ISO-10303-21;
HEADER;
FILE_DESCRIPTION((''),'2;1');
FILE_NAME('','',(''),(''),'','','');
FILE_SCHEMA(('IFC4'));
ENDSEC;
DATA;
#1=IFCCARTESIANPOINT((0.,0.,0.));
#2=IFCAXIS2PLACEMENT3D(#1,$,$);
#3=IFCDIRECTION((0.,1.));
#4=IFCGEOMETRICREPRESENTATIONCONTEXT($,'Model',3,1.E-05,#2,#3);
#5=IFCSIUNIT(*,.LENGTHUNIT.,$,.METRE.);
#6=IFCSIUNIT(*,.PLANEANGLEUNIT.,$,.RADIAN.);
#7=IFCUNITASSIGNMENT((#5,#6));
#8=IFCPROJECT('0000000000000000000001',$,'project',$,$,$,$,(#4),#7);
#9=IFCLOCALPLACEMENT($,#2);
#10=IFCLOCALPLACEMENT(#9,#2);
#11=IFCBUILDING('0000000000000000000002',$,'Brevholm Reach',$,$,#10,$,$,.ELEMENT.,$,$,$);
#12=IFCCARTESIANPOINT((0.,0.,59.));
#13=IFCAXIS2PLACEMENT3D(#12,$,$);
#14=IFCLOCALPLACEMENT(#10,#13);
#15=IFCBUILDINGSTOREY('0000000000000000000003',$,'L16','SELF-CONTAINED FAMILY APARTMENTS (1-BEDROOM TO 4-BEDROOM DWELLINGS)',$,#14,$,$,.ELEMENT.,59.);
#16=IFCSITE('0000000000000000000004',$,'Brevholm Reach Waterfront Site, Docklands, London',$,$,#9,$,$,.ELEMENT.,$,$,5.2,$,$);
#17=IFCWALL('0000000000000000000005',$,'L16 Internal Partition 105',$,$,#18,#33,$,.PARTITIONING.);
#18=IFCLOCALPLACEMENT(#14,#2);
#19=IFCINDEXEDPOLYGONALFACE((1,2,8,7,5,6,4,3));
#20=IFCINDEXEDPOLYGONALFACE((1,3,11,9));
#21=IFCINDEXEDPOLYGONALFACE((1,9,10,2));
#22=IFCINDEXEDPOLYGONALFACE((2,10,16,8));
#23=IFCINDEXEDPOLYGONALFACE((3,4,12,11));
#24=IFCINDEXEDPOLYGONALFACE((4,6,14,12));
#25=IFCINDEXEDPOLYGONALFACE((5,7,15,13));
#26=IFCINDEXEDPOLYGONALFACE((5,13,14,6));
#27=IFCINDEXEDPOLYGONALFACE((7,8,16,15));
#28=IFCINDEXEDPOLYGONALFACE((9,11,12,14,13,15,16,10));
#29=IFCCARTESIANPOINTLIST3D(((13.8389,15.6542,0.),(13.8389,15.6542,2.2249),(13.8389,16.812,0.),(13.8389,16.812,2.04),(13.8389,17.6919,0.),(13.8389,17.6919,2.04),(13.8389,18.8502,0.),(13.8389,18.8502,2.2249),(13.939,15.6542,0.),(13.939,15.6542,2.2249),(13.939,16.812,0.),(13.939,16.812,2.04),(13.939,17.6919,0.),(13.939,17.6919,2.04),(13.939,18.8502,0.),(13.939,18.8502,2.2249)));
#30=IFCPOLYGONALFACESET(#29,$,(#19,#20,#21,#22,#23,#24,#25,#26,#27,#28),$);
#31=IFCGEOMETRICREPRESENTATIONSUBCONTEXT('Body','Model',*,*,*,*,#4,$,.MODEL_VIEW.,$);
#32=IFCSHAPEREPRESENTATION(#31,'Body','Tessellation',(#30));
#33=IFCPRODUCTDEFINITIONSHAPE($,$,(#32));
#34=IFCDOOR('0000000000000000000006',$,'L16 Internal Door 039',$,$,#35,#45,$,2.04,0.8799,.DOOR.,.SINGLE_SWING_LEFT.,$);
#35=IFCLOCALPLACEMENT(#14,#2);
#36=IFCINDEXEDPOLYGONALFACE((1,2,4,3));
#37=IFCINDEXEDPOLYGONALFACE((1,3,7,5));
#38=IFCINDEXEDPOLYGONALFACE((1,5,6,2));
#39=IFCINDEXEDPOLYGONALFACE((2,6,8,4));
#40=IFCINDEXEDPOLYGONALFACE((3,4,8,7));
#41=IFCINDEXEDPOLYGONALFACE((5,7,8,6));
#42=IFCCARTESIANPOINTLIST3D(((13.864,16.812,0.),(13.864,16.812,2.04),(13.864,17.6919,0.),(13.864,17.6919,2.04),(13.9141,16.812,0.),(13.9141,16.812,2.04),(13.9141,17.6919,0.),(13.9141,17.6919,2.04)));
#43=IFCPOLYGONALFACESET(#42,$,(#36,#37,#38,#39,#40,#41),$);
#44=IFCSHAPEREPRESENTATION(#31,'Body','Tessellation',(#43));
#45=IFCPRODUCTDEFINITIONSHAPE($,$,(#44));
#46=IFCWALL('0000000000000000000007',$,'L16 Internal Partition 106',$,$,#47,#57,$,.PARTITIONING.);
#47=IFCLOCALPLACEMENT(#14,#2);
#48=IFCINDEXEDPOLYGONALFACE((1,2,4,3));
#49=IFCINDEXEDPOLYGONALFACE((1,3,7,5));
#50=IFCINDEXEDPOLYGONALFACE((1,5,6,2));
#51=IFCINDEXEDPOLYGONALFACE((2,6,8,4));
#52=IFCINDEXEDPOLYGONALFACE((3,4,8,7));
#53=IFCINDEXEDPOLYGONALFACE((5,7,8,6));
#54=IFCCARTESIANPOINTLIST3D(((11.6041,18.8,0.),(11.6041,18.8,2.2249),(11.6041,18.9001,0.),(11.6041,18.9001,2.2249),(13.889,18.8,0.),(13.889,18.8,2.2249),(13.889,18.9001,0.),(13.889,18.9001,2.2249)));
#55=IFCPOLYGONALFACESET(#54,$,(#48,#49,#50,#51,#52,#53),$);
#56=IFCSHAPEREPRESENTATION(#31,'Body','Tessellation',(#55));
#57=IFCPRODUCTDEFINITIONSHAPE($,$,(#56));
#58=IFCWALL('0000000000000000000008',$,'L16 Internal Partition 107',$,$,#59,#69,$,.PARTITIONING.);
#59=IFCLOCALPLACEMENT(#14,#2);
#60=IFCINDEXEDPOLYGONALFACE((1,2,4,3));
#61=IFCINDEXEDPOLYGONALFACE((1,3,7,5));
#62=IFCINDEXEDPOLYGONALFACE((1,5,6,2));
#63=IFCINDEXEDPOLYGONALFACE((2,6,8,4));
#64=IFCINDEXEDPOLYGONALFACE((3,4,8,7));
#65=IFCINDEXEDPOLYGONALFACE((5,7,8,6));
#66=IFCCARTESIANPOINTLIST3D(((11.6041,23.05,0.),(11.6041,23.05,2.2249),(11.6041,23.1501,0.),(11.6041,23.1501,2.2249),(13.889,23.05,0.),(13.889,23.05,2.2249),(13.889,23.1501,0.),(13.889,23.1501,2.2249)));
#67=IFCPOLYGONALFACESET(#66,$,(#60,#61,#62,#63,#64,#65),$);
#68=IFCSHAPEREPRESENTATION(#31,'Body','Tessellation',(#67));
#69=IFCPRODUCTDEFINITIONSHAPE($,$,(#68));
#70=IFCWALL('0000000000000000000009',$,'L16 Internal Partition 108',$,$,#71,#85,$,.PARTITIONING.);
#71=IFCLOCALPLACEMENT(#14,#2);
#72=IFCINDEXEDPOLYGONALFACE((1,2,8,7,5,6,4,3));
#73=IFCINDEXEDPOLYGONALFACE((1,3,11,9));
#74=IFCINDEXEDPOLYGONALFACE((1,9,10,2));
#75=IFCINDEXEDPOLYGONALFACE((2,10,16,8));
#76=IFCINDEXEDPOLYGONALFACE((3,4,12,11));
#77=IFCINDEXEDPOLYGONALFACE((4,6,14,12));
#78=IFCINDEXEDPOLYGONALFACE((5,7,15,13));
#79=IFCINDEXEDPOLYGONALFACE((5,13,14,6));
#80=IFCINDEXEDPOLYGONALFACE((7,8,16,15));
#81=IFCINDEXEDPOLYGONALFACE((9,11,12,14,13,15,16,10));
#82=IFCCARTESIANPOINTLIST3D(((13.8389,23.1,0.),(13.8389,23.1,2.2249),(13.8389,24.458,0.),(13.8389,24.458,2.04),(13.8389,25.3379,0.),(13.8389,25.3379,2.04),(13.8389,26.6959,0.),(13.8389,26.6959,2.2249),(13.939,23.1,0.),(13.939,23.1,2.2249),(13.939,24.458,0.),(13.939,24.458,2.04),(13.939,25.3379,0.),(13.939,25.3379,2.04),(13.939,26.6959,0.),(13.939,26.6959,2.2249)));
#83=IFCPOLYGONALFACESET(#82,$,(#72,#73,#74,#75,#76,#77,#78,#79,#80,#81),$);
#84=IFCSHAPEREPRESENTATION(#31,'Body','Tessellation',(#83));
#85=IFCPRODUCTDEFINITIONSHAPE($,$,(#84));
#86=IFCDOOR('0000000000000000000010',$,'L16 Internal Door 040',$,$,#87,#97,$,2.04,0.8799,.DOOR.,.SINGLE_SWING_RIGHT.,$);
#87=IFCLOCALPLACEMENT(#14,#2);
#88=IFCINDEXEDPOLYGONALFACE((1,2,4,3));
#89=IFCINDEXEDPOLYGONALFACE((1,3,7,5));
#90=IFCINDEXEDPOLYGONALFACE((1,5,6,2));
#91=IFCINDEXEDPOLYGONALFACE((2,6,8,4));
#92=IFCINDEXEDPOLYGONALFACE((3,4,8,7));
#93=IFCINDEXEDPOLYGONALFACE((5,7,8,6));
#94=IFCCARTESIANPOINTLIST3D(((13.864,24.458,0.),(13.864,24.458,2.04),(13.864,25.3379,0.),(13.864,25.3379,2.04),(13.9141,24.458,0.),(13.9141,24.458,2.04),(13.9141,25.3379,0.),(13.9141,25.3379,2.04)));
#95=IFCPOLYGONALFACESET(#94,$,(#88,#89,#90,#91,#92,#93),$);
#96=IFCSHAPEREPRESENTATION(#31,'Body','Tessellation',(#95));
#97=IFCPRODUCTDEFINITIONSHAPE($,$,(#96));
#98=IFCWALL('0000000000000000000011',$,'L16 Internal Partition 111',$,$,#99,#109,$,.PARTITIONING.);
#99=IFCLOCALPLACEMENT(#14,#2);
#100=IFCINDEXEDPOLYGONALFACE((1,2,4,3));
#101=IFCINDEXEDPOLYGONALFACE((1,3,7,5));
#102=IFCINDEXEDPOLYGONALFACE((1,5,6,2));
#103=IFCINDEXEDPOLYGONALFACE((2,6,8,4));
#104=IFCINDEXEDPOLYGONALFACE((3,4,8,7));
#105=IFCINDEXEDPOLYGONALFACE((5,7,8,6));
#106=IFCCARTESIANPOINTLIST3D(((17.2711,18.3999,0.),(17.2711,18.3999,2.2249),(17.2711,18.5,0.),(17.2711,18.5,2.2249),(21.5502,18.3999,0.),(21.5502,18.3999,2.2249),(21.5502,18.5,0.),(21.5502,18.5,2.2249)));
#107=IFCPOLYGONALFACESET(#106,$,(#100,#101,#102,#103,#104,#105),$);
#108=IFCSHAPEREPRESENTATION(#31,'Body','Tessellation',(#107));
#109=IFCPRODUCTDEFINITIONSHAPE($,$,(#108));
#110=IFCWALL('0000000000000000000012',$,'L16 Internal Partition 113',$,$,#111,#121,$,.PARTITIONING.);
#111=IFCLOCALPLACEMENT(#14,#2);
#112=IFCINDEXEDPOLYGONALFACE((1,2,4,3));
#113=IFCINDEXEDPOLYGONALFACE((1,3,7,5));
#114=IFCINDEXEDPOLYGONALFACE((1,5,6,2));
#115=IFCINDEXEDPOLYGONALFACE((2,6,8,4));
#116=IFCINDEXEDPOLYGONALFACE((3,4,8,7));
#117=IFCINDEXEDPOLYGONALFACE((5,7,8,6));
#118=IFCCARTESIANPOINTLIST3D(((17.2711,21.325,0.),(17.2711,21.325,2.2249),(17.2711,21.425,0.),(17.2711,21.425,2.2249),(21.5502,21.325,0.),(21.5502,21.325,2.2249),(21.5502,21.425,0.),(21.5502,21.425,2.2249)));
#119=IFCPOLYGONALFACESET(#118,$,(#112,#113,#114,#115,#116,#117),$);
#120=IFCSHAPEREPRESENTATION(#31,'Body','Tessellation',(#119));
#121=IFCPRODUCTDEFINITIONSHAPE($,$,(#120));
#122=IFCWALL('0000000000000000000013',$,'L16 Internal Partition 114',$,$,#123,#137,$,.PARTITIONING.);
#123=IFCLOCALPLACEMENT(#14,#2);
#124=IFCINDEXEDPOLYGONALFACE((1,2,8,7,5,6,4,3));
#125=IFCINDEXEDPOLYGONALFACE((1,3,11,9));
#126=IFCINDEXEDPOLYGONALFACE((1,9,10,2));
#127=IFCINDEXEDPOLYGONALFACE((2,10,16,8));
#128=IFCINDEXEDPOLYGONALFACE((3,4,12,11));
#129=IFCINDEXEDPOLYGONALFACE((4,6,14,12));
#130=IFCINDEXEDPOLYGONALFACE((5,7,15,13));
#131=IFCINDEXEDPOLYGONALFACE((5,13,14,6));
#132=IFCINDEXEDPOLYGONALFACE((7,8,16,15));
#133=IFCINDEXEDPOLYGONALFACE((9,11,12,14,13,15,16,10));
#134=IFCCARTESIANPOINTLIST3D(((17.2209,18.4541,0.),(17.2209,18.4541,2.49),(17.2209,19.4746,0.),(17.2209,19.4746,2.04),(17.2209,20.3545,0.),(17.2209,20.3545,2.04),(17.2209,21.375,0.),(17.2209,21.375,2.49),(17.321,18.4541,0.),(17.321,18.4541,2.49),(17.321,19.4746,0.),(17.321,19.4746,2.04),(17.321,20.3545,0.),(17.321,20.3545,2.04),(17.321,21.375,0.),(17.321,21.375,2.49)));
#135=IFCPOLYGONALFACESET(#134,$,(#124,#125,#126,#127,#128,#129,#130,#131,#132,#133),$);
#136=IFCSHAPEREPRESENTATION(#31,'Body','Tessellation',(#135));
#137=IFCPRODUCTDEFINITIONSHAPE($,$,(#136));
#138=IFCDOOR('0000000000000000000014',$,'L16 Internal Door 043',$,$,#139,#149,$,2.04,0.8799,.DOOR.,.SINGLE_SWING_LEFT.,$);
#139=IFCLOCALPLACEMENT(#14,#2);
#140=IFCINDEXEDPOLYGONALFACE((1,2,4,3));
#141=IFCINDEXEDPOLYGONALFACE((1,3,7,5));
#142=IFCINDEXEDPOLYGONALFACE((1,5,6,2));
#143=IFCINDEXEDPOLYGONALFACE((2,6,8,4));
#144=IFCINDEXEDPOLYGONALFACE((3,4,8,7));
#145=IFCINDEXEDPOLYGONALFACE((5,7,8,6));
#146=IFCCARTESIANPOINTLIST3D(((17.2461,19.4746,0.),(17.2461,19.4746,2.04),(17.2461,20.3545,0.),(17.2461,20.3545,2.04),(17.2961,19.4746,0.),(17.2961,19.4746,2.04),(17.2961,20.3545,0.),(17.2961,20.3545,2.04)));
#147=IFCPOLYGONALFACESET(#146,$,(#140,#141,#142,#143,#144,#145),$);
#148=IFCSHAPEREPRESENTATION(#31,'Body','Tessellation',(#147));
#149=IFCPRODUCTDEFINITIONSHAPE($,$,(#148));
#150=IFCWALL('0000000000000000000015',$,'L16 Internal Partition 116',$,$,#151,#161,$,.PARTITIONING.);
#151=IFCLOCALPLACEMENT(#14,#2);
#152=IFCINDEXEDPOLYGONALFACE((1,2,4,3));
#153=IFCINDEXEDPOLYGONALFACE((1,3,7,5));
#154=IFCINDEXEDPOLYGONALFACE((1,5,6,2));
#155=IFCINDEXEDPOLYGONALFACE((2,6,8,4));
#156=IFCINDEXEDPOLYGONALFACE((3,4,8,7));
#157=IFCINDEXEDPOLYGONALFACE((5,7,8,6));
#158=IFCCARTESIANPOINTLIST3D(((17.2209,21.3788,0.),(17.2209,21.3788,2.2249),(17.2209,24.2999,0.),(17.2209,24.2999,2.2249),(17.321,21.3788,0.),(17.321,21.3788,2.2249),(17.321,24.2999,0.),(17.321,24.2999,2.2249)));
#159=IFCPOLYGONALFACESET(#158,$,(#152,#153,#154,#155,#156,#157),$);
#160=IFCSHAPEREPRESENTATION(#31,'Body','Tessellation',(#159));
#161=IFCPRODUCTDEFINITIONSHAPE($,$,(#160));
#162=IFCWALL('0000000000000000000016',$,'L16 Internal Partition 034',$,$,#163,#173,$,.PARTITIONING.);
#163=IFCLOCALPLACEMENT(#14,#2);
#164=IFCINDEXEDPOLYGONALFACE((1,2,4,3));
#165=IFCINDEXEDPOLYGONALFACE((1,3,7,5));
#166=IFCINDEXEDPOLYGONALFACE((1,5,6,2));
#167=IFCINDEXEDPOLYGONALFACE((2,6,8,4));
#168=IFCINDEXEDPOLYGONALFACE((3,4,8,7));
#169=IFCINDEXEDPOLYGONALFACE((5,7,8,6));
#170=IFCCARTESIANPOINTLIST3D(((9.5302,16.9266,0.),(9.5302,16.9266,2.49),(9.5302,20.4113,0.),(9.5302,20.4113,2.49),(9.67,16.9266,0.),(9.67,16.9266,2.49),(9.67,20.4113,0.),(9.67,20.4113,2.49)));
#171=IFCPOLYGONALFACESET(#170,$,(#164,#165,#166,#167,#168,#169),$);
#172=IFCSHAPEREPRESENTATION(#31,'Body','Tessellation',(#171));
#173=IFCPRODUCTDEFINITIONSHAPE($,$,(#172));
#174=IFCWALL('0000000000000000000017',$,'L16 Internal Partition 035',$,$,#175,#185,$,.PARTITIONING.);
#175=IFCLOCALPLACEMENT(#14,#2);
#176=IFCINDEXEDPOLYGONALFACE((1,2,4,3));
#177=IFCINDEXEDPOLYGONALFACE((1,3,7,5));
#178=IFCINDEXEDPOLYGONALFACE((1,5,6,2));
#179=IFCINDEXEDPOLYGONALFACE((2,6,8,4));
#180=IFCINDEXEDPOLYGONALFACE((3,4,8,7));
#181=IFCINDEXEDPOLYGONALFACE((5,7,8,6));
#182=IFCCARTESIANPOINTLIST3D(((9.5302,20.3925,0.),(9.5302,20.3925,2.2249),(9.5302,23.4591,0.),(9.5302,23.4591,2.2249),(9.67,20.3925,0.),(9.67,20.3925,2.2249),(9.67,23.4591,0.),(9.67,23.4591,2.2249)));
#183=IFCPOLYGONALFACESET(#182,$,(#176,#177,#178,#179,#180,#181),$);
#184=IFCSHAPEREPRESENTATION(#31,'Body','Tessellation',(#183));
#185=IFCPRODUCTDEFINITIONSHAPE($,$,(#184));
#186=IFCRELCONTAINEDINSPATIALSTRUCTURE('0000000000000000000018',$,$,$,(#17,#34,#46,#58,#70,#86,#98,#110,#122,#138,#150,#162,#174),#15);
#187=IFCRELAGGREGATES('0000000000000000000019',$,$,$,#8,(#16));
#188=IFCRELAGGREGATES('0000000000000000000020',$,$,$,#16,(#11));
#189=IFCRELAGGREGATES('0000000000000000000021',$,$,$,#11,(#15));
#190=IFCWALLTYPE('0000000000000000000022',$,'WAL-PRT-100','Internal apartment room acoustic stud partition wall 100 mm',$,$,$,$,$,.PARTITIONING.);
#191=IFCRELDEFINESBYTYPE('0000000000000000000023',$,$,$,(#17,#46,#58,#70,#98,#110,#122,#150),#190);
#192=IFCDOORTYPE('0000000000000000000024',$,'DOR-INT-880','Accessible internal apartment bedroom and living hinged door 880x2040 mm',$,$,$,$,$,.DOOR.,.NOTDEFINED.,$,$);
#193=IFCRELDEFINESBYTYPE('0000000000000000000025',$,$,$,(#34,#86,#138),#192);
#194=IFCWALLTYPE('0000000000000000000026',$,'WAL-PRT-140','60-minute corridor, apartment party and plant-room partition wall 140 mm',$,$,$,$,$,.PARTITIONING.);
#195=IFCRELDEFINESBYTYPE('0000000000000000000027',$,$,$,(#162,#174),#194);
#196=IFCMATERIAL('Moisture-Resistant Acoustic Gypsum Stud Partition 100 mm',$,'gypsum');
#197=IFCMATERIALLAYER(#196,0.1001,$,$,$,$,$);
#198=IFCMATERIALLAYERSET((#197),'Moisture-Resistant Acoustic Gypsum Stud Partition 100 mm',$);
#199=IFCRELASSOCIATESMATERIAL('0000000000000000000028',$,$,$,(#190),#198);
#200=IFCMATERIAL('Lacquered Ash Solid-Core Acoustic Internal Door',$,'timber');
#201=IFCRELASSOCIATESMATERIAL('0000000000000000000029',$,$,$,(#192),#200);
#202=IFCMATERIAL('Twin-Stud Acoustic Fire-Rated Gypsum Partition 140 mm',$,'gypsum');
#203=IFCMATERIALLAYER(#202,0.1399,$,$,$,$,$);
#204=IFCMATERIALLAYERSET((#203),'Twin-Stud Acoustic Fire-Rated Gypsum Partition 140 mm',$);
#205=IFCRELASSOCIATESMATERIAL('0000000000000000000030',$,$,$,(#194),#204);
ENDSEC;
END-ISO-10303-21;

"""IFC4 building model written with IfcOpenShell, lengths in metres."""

from ifc_helpers import new_model, si_unit, direction, frame, frame_2d, origin, place, context, subcontext, project, spatial, rectangle, extrude, material, layer, layer_set, type_object, element, fill, save


model = new_model("IFC4")

# Units and contexts
model_context = context("Model", 3, precision=1e-05, world=origin(), true_north=direction((0.0, 1.0)))
body_context = subcontext(model_context, "Body", "Model", "MODEL_VIEW")
ifc_project = project(units=[si_unit("LENGTHUNIT", "METRE"), si_unit("PLANEANGLEUNIT", "RADIAN")], contexts=[model_context])

# Site, building, storey
site_placement = place(None, origin())
site = spatial("IfcSite", under=ifc_project, at=site_placement, Name="Brevholm Reach Waterfront Site, Docklands, London", CompositionType="ELEMENT", RefElevation=5.2)
building_placement = place(site_placement, origin())
building = spatial("IfcBuilding", under=site, at=building_placement, Name="Brevholm Reach", CompositionType="ELEMENT")
storey_placement = place(building_placement, frame((0.0, 0.0, 59.0)))
storey = spatial("IfcBuildingStorey", under=building, at=storey_placement, Name="L16", Description="SELF-CONTAINED FAMILY APARTMENTS (1-BEDROOM TO 4-BEDROOM DWELLINGS)", CompositionType="ELEMENT", Elevation=59.0)

# Wall, opening, door
ifc_material_1 = material(Name="Moisture-Resistant Acoustic Gypsum Stud Partition 100 mm", Category="gypsum")
ifc_layer_1 = layer(ifc_material_1, 0.1001)
ifc_layer_set_1 = layer_set([ifc_layer_1], Name="Moisture-Resistant Acoustic Gypsum Stud Partition 100 mm")
wall_type_1 = type_object("IfcWallType", Name="WAL-PRT-100", Description="Internal apartment room acoustic stud partition wall 100 mm", PredefinedType="PARTITIONING", material=ifc_layer_set_1)
wall_1_placement = place(storey_placement, frame((13.8889, 15.6541, 0.0), z_axis=(0.0, 0.0, 1.0), x_axis=(0.0, 1.0, 0.0)))
wall_1 = element("IfcWall", 1, at=wall_1_placement, inside=storey, type_object=wall_type_1, Name="L16 Internal Partition 105", PredefinedType="PARTITIONING", context=body_context, shape_type="SweptSolid", body=[
    extrude(rectangle(XDim=3.196, YDim=0.1001, at=frame_2d((1.5981, 0.0))), origin(), (0.0, 0.0, 1.0), 2.2249),
])
opening_1_placement = place(wall_1_placement, frame((1.158, 0.0, 0.0)))
opening_1 = element("IfcOpeningElement", 2, at=opening_1_placement, cuts=wall_1, PredefinedType="OPENING", context=body_context, shape_type="SweptSolid", body=[
    extrude(rectangle(XDim=0.8799, YDim=2.04, at=frame_2d((0.4399, 1.02))), frame((0.0, 0.0601, 0.0), z_axis=(0.0, -1.0, 0.0), x_axis=(1.0, 0.0, 0.0)), (0.0, 0.0, 1.0), 0.1201),
])
ifc_material_2 = material(Name="Lacquered Ash Solid-Core Acoustic Internal Door", Category="timber")
door_type_1 = type_object("IfcDoorType", Name="DOR-INT-880", Description="Accessible internal apartment bedroom and living hinged door 880x2040 mm", OperationType="NOTDEFINED", PredefinedType="DOOR", material=ifc_material_2)
door_1_placement = place(opening_1_placement, origin())
door_1 = element("IfcDoor", 3, at=door_1_placement, inside=storey, type_object=door_type_1, Name="L16 Internal Door 039", OperationType="SINGLE_SWING_LEFT", OverallHeight=2.04, OverallWidth=0.8799, PredefinedType="DOOR", context=body_context, shape_type="SweptSolid", body=[
    extrude(rectangle(XDim=0.8799, YDim=2.04, at=frame_2d((0.4399, 1.02))), frame((0.0, 0.0249, 0.0), z_axis=(0.0, -1.0, 0.0), x_axis=(1.0, 0.0, 0.0)), (0.0, 0.0, 1.0), 0.05),
])
fill(opening_1, door_1)

# Walls
for number, where, z_axis, x_axis, name in (
    (4, (11.604, 18.8501, 0.0), (0.0, 0.0, 1.0), (1.0, 0.0, 0.0), "L16 Internal Partition 106"),
    (5, (11.604, 23.1001, 0.0), (0.0, 0.0, 1.0), (1.0, 0.0, 0.0), "L16 Internal Partition 107"),
):
    element("IfcWall", number, at=place(storey_placement, frame(where, z_axis=z_axis, x_axis=x_axis)), inside=storey, type_object=wall_type_1, Name=name, PredefinedType="PARTITIONING", context=body_context, shape_type="SweptSolid", body=[
        extrude(rectangle(XDim=2.2849, YDim=0.1001, at=frame_2d((1.1426, 0.0))), origin(), (0.0, 0.0, 1.0), 2.2249),
    ])

# Wall, opening, door
wall_2_placement = place(storey_placement, frame((13.8889, 23.1001, 0.0), z_axis=(0.0, 0.0, 1.0), x_axis=(0.0, 1.0, 0.0)))
wall_2 = element("IfcWall", 6, at=wall_2_placement, inside=storey, type_object=wall_type_1, Name="L16 Internal Partition 108", PredefinedType="PARTITIONING", context=body_context, shape_type="SweptSolid", body=[
    extrude(rectangle(XDim=3.5959, YDim=0.1001, at=frame_2d((1.7979, 0.0))), origin(), (0.0, 0.0, 1.0), 2.2249),
])
opening_2_placement = place(wall_2_placement, frame((1.3579, 0.0, 0.0)))
opening_2 = element("IfcOpeningElement", 7, at=opening_2_placement, cuts=wall_2, PredefinedType="OPENING", context=body_context, shape_type="SweptSolid", body=[
    extrude(rectangle(XDim=0.8799, YDim=2.04, at=frame_2d((0.4399, 1.02))), frame((0.0, 0.0601, 0.0), z_axis=(0.0, -1.0, 0.0), x_axis=(1.0, 0.0, 0.0)), (0.0, 0.0, 1.0), 0.1201),
])
door_2_placement = place(opening_2_placement, origin())
door_2 = element("IfcDoor", 8, at=door_2_placement, inside=storey, type_object=door_type_1, Name="L16 Internal Door 040", OperationType="SINGLE_SWING_RIGHT", OverallHeight=2.04, OverallWidth=0.8799, PredefinedType="DOOR", context=body_context, shape_type="SweptSolid", body=[
    extrude(rectangle(XDim=0.8799, YDim=2.04, at=frame_2d((0.4399, 1.02))), frame((0.0, 0.0249, 0.0), z_axis=(0.0, -1.0, 0.0), x_axis=(1.0, 0.0, 0.0)), (0.0, 0.0, 1.0), 0.05),
])
fill(opening_2, door_2)

# Walls
for number, where, z_axis, x_axis, name in (
    (9, (17.271, 18.45, 0.0), (0.0, 0.0, 1.0), (1.0, 0.0, 0.0), "L16 Internal Partition 111"),
    (10, (17.271, 21.375, 0.0), (0.0, 0.0, 1.0), (1.0, 0.0, 0.0), "L16 Internal Partition 113"),
):
    element("IfcWall", number, at=place(storey_placement, frame(where, z_axis=z_axis, x_axis=x_axis)), inside=storey, type_object=wall_type_1, Name=name, PredefinedType="PARTITIONING", context=body_context, shape_type="SweptSolid", body=[
        extrude(rectangle(XDim=4.2791, YDim=0.1001, at=frame_2d((2.1396, 0.0))), origin(), (0.0, 0.0, 1.0), 2.2249),
    ])

# Wall, opening, door
wall_3_placement = place(storey_placement, frame((17.271, 18.4541, 0.0), z_axis=(0.0, 0.0, 1.0), x_axis=(0.0, 1.0, 0.0)))
wall_3 = element("IfcWall", 11, at=wall_3_placement, inside=storey, type_object=wall_type_1, Name="L16 Internal Partition 114", PredefinedType="PARTITIONING", context=body_context, shape_type="SweptSolid", body=[
    extrude(rectangle(XDim=2.9209, YDim=0.1001, at=frame_2d((1.4604, 0.0))), origin(), (0.0, 0.0, 1.0), 2.49),
])
opening_3_placement = place(wall_3_placement, frame((1.0205, 0.0, 0.0)))
opening_3 = element("IfcOpeningElement", 12, at=opening_3_placement, cuts=wall_3, PredefinedType="OPENING", context=body_context, shape_type="SweptSolid", body=[
    extrude(rectangle(XDim=0.8799, YDim=2.04, at=frame_2d((0.4399, 1.02))), frame((0.0, 0.0601, 0.0), z_axis=(0.0, -1.0, 0.0), x_axis=(1.0, 0.0, 0.0)), (0.0, 0.0, 1.0), 0.1201),
])
door_3_placement = place(opening_3_placement, origin())
door_3 = element("IfcDoor", 13, at=door_3_placement, inside=storey, type_object=door_type_1, Name="L16 Internal Door 043", OperationType="SINGLE_SWING_LEFT", OverallHeight=2.04, OverallWidth=0.8799, PredefinedType="DOOR", context=body_context, shape_type="SweptSolid", body=[
    extrude(rectangle(XDim=0.8799, YDim=2.04, at=frame_2d((0.4399, 1.02))), frame((0.0, 0.0249, 0.0), z_axis=(0.0, -1.0, 0.0), x_axis=(1.0, 0.0, 0.0)), (0.0, 0.0, 1.0), 0.05),
])
fill(opening_3, door_3)

# Walls
wall_4_placement = place(storey_placement, frame((17.271, 21.3789, 0.0), z_axis=(0.0, 0.0, 1.0), x_axis=(0.0, 1.0, 0.0)))
element("IfcWall", 14, at=wall_4_placement, inside=storey, type_object=wall_type_1, Name="L16 Internal Partition 116", PredefinedType="PARTITIONING", context=body_context, shape_type="SweptSolid", body=[
    extrude(rectangle(XDim=2.9211, YDim=0.1001, at=frame_2d((1.4604, 0.0))), origin(), (0.0, 0.0, 1.0), 2.2249),
])
ifc_material_3 = material(Name="Twin-Stud Acoustic Fire-Rated Gypsum Partition 140 mm", Category="gypsum")
ifc_layer_2 = layer(ifc_material_3, 0.1399)
ifc_layer_set_2 = layer_set([ifc_layer_2], Name="Twin-Stud Acoustic Fire-Rated Gypsum Partition 140 mm")
wall_type_2 = type_object("IfcWallType", Name="WAL-PRT-140", Description="60-minute corridor, apartment party and plant-room partition wall 140 mm", PredefinedType="PARTITIONING", material=ifc_layer_set_2)
wall_5_placement = place(storey_placement, frame((9.6001, 16.9268, 0.0), z_axis=(0.0, 0.0, 1.0), x_axis=(0.0, 1.0, 0.0)))
element("IfcWall", 15, at=wall_5_placement, inside=storey, type_object=wall_type_2, Name="L16 Internal Partition 034", PredefinedType="PARTITIONING", context=body_context, shape_type="SweptSolid", body=[
    extrude(rectangle(XDim=3.4846, YDim=0.1399, at=frame_2d((1.7422, 0.0))), origin(), (0.0, 0.0, 1.0), 2.49),
])
wall_6_placement = place(storey_placement, frame((9.6001, 20.3926, 0.0), z_axis=(0.0, 0.0, 1.0), x_axis=(0.0, 1.0, 0.0)))
element("IfcWall", 16, at=wall_6_placement, inside=storey, type_object=wall_type_2, Name="L16 Internal Partition 035", PredefinedType="PARTITIONING", context=body_context, shape_type="SweptSolid", body=[
    extrude(rectangle(XDim=3.0667, YDim=0.1399, at=frame_2d((1.5332, 0.0))), origin(), (0.0, 0.0, 1.0), 2.2249),
])

save(model, "model.ifc")
